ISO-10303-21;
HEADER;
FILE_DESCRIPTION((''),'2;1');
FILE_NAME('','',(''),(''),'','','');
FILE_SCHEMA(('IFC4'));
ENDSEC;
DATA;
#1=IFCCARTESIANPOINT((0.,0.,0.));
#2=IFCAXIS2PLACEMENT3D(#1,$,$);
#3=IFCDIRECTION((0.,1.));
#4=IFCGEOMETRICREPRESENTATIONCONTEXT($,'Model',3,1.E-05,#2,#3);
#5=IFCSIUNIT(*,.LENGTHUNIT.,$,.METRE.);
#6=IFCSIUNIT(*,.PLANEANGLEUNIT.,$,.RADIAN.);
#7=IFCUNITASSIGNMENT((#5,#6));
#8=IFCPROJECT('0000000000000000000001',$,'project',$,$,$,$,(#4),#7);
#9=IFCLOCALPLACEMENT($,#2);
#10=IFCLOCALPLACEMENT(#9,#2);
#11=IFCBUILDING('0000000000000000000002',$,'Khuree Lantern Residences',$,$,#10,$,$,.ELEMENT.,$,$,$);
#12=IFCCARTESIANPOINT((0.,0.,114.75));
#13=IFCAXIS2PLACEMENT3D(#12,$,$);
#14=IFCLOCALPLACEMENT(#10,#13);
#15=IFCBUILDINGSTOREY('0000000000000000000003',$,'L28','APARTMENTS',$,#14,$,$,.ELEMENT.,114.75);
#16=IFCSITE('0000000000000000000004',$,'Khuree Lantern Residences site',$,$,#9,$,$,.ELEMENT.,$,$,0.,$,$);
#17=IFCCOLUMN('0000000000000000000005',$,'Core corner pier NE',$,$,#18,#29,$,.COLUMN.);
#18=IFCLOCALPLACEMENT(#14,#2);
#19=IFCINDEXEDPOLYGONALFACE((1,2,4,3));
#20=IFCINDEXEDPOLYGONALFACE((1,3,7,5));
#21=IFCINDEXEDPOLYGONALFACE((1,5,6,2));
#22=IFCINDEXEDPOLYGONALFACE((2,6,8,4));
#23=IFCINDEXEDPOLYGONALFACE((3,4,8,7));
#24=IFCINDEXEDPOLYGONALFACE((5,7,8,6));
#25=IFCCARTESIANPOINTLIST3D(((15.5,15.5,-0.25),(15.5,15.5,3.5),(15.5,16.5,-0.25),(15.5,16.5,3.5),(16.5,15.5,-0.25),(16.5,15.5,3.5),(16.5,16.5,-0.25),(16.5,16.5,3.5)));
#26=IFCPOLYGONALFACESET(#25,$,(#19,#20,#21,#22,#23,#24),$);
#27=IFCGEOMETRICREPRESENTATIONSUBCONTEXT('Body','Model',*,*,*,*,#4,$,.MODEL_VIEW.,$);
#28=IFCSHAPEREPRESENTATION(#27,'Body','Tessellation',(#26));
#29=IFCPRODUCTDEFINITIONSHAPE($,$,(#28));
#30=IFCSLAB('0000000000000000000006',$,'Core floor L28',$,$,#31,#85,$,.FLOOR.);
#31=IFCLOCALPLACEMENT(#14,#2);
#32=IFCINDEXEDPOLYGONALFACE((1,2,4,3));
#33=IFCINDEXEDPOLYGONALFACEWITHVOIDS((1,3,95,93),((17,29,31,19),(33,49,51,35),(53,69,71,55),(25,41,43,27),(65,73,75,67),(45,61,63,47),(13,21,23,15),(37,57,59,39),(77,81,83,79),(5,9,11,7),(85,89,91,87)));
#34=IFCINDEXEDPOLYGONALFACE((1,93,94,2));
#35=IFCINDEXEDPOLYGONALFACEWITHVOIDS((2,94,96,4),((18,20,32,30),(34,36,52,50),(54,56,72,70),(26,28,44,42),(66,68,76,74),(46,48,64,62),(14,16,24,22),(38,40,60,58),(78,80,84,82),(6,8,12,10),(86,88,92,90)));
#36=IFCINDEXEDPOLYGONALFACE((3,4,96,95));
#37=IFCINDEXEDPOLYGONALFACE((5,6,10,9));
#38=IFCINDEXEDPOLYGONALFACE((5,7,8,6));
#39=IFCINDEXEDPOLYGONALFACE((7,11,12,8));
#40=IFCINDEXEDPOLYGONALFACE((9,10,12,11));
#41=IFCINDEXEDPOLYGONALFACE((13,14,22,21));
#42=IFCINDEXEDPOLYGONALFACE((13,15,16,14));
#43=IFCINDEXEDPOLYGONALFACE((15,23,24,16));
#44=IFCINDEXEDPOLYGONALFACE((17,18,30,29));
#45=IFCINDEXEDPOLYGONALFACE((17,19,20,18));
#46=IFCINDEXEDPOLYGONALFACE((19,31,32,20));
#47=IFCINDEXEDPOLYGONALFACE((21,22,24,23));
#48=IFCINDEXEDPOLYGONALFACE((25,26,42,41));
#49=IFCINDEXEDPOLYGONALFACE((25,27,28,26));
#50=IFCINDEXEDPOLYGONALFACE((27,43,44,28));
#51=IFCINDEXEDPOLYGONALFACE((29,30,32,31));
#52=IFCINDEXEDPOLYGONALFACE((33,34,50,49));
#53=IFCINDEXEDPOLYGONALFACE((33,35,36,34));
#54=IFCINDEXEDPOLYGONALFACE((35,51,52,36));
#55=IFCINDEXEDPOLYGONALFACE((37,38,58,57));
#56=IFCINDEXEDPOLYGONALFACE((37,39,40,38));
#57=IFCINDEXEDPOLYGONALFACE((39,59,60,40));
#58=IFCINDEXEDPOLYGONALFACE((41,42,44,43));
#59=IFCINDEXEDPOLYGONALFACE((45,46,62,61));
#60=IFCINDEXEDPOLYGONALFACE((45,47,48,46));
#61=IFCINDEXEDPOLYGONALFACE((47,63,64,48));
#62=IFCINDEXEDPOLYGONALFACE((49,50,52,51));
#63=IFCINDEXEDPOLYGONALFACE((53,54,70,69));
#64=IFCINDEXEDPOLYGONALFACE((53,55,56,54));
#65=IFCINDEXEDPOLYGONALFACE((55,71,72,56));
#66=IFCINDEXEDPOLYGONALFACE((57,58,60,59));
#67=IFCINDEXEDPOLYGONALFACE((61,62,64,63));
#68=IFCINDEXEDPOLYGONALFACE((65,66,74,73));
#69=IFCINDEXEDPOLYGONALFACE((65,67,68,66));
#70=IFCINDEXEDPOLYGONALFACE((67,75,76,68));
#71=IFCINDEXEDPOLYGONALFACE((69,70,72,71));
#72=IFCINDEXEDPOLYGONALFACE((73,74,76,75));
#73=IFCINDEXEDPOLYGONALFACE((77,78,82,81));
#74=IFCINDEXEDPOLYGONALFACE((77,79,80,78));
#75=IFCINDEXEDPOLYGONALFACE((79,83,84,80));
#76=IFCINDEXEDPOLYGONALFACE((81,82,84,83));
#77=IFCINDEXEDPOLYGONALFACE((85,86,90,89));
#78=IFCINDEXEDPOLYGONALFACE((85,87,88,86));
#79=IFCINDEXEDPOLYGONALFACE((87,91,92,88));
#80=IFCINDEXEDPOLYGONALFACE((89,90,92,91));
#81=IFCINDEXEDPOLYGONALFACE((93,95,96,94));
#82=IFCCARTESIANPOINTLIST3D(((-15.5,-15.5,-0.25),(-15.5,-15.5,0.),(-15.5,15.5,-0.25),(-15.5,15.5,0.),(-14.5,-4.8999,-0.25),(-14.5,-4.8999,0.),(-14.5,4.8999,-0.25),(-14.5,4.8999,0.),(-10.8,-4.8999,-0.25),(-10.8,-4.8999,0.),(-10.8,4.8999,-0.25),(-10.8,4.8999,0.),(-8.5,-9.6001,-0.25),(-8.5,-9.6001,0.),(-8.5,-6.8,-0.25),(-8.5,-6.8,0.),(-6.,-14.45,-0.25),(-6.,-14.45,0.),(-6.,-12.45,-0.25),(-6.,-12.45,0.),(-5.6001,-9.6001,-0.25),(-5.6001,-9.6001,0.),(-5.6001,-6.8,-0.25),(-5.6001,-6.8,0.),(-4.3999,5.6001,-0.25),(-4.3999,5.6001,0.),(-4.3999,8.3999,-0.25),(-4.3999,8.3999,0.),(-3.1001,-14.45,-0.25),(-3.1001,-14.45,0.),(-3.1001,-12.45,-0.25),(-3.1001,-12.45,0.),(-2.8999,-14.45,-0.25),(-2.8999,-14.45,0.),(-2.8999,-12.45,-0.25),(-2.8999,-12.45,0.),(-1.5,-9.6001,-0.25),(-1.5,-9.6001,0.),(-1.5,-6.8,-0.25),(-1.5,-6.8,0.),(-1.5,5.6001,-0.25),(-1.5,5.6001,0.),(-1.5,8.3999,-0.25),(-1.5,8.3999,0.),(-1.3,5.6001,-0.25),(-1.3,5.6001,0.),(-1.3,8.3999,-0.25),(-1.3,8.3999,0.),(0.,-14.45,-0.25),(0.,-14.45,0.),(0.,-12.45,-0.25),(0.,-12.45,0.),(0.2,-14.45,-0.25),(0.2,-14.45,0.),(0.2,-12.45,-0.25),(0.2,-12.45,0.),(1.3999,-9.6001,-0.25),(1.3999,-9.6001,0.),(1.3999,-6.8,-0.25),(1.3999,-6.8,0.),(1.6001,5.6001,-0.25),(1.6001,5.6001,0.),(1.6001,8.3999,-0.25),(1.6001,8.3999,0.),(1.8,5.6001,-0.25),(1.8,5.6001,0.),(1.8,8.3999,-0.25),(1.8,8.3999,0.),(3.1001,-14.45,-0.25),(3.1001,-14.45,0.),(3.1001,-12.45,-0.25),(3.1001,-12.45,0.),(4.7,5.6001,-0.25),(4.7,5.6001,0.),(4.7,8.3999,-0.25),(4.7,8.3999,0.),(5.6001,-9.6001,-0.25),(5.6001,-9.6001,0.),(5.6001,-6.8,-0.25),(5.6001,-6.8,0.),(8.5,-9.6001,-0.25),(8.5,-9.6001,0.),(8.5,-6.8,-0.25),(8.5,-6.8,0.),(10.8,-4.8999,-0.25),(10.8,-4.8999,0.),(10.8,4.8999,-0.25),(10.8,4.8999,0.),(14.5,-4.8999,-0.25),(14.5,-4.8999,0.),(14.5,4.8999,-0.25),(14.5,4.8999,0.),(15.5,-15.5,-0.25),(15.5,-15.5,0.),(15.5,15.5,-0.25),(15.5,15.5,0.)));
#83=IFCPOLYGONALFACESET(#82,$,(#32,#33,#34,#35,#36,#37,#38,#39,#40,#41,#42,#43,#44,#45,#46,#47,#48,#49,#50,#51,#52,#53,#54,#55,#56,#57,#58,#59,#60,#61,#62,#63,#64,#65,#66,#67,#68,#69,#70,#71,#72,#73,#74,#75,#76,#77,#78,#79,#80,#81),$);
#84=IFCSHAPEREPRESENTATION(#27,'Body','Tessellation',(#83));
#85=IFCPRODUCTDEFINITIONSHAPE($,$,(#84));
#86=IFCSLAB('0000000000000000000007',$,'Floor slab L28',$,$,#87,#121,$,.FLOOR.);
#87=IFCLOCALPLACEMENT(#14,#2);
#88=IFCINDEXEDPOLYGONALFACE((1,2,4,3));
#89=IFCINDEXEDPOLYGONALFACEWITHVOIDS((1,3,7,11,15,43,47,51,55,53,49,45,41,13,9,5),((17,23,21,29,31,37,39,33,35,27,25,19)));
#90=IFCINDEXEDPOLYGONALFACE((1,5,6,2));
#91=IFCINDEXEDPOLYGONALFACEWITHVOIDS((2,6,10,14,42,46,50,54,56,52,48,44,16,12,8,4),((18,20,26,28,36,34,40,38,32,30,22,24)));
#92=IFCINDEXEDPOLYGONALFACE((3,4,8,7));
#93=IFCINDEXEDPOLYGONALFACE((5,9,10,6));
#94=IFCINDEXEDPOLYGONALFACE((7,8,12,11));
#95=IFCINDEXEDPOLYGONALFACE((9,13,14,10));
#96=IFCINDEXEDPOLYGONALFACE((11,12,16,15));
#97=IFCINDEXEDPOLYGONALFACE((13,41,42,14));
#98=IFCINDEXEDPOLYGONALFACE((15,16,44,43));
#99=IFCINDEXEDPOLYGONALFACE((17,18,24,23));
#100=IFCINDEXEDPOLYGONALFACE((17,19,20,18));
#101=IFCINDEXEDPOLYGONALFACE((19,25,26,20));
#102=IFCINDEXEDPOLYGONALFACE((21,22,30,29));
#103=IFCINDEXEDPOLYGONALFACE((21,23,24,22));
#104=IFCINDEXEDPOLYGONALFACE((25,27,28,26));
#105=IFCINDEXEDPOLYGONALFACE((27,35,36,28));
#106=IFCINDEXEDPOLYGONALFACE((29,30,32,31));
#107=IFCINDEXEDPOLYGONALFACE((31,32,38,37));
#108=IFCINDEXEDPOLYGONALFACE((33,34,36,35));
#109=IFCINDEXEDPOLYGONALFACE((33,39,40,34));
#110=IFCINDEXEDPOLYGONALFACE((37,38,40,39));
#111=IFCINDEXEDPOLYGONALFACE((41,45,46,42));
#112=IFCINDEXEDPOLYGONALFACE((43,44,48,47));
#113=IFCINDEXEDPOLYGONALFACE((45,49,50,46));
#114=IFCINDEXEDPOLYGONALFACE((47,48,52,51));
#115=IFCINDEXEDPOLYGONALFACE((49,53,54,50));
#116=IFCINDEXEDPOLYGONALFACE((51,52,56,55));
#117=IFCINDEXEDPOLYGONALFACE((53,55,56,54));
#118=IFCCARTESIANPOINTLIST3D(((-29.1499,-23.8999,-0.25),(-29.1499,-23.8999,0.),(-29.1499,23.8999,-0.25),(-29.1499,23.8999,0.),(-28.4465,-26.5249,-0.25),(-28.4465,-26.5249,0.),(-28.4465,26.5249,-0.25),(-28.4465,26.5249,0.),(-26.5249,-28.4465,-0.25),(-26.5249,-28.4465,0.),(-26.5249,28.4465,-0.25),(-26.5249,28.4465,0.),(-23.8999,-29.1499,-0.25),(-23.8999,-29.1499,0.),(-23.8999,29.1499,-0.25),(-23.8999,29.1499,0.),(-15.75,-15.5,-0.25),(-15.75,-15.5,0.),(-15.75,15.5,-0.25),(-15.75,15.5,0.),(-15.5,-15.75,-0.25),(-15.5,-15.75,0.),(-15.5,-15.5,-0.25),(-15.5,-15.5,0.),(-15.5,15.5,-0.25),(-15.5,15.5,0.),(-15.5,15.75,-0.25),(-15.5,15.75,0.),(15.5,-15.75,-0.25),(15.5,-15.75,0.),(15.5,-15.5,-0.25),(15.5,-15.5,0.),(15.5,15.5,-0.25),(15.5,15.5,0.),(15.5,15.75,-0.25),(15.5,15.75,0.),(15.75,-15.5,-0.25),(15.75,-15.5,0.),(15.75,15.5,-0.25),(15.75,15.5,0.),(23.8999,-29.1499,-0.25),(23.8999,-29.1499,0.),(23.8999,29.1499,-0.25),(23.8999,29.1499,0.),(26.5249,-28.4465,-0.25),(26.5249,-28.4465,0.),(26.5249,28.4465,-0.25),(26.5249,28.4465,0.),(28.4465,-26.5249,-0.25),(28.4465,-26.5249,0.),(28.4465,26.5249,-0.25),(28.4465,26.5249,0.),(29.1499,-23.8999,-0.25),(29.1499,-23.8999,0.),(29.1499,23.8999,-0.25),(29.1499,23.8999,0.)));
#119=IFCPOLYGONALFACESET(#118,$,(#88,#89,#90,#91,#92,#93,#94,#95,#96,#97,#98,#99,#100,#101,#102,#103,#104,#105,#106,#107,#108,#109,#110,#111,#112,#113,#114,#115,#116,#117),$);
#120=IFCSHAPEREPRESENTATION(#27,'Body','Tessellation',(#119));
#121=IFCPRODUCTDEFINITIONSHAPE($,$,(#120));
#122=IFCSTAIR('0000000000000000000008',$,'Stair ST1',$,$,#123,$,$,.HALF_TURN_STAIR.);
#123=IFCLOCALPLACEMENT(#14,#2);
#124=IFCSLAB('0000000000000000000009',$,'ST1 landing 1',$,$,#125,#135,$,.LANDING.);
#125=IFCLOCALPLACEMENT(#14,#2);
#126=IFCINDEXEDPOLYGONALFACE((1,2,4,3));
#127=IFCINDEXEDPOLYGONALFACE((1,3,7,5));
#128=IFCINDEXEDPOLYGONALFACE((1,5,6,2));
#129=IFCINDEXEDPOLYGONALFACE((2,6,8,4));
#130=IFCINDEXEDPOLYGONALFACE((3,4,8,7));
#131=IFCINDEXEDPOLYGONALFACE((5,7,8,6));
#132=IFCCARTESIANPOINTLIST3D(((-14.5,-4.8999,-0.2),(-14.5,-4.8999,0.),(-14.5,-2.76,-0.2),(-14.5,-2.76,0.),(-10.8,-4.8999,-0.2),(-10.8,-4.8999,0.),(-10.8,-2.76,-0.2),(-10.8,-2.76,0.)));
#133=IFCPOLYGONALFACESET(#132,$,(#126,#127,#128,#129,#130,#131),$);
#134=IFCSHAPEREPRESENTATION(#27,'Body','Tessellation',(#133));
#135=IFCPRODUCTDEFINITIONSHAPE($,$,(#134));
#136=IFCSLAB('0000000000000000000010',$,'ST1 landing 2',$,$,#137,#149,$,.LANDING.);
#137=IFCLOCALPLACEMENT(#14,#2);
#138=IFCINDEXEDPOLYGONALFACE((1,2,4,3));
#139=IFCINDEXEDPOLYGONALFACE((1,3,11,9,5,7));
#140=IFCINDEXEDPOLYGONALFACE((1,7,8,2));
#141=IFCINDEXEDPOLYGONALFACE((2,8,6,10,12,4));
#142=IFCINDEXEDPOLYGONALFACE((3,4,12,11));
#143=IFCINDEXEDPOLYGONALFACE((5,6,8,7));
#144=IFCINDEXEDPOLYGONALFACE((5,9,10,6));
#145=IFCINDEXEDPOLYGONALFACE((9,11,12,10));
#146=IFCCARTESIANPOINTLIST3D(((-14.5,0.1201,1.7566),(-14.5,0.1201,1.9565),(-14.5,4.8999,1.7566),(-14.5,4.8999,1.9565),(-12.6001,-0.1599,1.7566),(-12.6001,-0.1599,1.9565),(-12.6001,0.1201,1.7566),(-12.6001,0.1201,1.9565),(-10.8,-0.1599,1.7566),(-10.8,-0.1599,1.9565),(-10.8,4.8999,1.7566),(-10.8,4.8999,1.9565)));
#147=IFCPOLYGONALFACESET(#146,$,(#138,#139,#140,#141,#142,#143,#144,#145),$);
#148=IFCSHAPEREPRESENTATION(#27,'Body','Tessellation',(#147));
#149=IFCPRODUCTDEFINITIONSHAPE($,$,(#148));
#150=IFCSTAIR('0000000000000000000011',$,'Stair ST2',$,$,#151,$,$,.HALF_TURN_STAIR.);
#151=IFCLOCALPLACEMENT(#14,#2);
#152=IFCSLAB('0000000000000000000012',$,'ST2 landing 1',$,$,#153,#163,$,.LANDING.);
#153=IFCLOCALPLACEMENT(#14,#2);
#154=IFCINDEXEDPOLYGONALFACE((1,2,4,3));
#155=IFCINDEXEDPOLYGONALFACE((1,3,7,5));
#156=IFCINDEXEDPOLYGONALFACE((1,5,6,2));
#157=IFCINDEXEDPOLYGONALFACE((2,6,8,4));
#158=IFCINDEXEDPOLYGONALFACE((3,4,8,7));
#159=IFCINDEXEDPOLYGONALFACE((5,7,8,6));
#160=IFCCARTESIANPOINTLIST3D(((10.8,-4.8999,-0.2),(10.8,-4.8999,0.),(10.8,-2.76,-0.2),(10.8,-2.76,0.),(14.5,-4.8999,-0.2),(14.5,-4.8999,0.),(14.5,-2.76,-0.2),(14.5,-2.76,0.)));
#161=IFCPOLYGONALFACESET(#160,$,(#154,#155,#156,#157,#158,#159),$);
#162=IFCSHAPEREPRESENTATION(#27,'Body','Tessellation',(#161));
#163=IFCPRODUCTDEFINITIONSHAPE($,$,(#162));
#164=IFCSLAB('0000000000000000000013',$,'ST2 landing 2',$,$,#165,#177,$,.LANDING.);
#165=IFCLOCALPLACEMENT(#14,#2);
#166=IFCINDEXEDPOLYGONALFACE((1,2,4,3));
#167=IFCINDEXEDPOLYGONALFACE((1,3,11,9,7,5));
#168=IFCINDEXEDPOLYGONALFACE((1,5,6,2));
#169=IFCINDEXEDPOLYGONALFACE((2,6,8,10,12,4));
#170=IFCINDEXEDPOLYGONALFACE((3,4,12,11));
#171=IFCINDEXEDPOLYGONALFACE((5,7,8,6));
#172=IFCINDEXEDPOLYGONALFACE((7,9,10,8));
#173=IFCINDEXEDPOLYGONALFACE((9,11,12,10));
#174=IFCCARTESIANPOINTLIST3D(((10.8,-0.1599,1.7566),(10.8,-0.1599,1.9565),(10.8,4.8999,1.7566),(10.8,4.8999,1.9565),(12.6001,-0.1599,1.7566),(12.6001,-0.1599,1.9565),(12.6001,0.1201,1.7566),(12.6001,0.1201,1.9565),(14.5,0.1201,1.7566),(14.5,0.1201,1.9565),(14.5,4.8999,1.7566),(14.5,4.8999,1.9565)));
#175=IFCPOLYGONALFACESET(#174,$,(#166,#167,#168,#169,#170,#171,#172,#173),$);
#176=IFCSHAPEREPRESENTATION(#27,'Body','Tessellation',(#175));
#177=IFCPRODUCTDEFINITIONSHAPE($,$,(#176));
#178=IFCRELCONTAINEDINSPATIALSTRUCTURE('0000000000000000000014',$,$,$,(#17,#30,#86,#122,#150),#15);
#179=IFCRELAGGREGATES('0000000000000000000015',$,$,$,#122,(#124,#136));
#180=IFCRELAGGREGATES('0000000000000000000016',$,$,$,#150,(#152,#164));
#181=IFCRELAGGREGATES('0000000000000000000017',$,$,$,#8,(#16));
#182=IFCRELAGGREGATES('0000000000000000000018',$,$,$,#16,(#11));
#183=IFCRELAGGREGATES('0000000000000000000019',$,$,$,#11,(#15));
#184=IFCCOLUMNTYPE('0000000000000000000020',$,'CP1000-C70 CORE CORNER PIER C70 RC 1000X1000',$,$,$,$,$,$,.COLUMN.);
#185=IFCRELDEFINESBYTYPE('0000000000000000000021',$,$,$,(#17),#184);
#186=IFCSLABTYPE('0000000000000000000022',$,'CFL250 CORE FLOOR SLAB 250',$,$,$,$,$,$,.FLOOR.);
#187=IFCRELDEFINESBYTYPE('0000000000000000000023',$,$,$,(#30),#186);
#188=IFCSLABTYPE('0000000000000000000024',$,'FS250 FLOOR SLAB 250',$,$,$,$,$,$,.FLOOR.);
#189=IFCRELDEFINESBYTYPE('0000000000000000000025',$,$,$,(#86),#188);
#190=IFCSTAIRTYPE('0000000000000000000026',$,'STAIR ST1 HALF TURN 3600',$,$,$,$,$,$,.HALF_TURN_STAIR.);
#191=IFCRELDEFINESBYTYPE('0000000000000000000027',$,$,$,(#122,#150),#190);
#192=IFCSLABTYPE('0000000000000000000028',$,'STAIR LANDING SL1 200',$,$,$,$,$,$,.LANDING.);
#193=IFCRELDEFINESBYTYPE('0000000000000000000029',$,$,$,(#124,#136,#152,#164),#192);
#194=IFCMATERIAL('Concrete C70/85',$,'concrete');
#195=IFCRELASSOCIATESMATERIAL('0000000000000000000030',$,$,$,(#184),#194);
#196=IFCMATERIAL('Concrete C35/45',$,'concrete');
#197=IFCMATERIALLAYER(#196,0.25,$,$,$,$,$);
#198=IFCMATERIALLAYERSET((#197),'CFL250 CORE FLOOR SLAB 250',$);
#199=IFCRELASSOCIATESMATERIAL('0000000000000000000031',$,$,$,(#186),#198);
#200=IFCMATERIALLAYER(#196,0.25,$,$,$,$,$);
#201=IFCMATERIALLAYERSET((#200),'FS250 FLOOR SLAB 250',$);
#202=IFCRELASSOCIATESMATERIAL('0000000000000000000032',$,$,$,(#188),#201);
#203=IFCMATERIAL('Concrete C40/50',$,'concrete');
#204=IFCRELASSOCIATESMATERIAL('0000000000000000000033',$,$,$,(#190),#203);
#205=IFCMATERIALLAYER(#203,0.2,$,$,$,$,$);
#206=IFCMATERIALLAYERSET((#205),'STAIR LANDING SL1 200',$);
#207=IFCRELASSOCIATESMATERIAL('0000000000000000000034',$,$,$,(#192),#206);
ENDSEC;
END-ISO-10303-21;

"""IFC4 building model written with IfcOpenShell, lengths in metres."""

from ifc_helpers import new_model, si_unit, direction, frame, origin, origin_2d, place, context, subcontext, project, spatial, polyline, rectangle, outline, extrude, material, layer, layer_set, material_profile, profile_set, type_object, element, aggregate, save


model = new_model("IFC4")

# Units and contexts
model_context = context("Model", 3, precision=1e-05, world=origin(), true_north=direction((0.0, 1.0)))
body_context = subcontext(model_context, "Body", "Model", "MODEL_VIEW")
ifc_project = project(units=[si_unit("LENGTHUNIT", "METRE"), si_unit("PLANEANGLEUNIT", "RADIAN")], contexts=[model_context])

# Site, building, storey
site_placement = place(None, origin())
site = spatial("IfcSite", under=ifc_project, at=site_placement, Name="Khuree Lantern Residences site", CompositionType="ELEMENT", RefElevation=0.0)
building_placement = place(site_placement, origin())
building = spatial("IfcBuilding", under=site, at=building_placement, Name="Khuree Lantern Residences", CompositionType="ELEMENT")
storey_placement = place(building_placement, frame((0.0, 0.0, 114.75)))
storey = spatial("IfcBuildingStorey", under=building, at=storey_placement, Name="L28", Description="APARTMENTS", CompositionType="ELEMENT", Elevation=114.75)

# Column
ifc_material_1 = material(Name="Concrete C70/85", Category="concrete")
ifc_material_profile = material_profile(ifc_material_1, rectangle(XDim=1.0, YDim=1.0, at=origin_2d()), Name="RC 1000X1000")
ifc_profile_set = profile_set([ifc_material_profile], Name="Concrete C70/85")
column_type = type_object("IfcColumnType", Name="CP1000-C70 CORE CORNER PIER C70 RC 1000X1000", PredefinedType="COLUMN", material=ifc_profile_set)
column_placement = place(storey_placement, frame((16.0, 16.0, -0.25), z_axis=(0.0, 0.0, 1.0), x_axis=(1.0, 0.0, 0.0)))
element("IfcColumn", 1, at=column_placement, inside=storey, type_object=column_type, Name="Core corner pier NE", PredefinedType="COLUMN", context=body_context, shape_type="SweptSolid", body=[
    extrude(rectangle(XDim=1.0, YDim=1.0, at=origin_2d()), origin(), (0.0, 0.0, 1.0), 3.75),
])

# Slabs
ifc_material_2 = material(Name="Concrete C35/45", Category="concrete")
ifc_layer_1 = layer(ifc_material_2, 0.25)
ifc_layer_set_1 = layer_set([ifc_layer_1], Name="CFL250 CORE FLOOR SLAB 250")
slab_type_1 = type_object("IfcSlabType", Name="CFL250 CORE FLOOR SLAB 250", PredefinedType="FLOOR", material=ifc_layer_set_1)
slab_1_placement = place(storey_placement, frame((0.0, 0.0, -0.25)))
element("IfcSlab", 2, at=slab_1_placement, inside=storey, type_object=slab_type_1, Name="Core floor L28", PredefinedType="FLOOR", context=body_context, shape_type="SweptSolid", body=[
    extrude(outline(polyline([(-15.5, -15.5), (-15.5, 15.5), (15.5, 15.5), (15.5, -15.5), (-15.5, -15.5)]), holes=[polyline([(10.8, 4.8999), (10.8, -4.8999), (14.5, -4.8999), (14.5, 4.8999), (10.8, 4.8999)]), polyline([(8.5, -6.8), (5.6001, -6.8), (5.6001, -9.6001), (8.5, -9.6001), (8.5, -6.8)]), polyline([(4.7, 8.3999), (1.8, 8.3999), (1.8, 5.6001), (4.7, 5.6001), (4.7, 8.3999)]), polyline([(3.1001, -12.45), (0.2, -12.45), (0.2, -14.45), (3.1001, -14.45), (3.1001, -12.45)]), polyline([(1.6001, 8.3999), (-1.3, 8.3999), (-1.3, 5.6001), (1.6001, 5.6001), (1.6001, 8.3999)]), polyline([(1.3999, -6.8), (-1.5, -6.8), (-1.5, -9.6001), (1.3999, -9.6001), (1.3999, -6.8)]), polyline([(-2.8999, -12.45), (-2.8999, -14.45), (0.0, -14.45), (0.0, -12.45), (-2.8999, -12.45)]), polyline([(-4.3999, 8.3999), (-4.3999, 5.6001), (-1.5, 5.6001), (-1.5, 8.3999), (-4.3999, 8.3999)]), polyline([(-6.0, -12.45), (-6.0, -14.45), (-3.1001, -14.45), (-3.1001, -12.45), (-6.0, -12.45)]), polyline([(-8.5, -6.8), (-8.5, -9.6001), (-5.6001, -9.6001), (-5.6001, -6.8), (-8.5, -6.8)]), polyline([(-10.8, 4.8999), (-14.5, 4.8999), (-14.5, -4.8999), (-10.8, -4.8999), (-10.8, 4.8999)])]), origin(), (0.0, 0.0, 1.0), 0.25),
])
ifc_layer_2 = layer(ifc_material_2, 0.25)
ifc_layer_set_2 = layer_set([ifc_layer_2], Name="FS250 FLOOR SLAB 250")
slab_type_2 = type_object("IfcSlabType", Name="FS250 FLOOR SLAB 250", PredefinedType="FLOOR", material=ifc_layer_set_2)
slab_2_placement = place(storey_placement, frame((0.0, 0.0, -0.25)))
element("IfcSlab", 3, at=slab_2_placement, inside=storey, type_object=slab_type_2, Name="Floor slab L28", PredefinedType="FLOOR", context=body_context, shape_type="SweptSolid", body=[
    extrude(outline(polyline([(-26.5249, -28.4465), (-28.4465, -26.5249), (-29.1499, -23.8999), (-29.1499, 23.8999), (-28.4465, 26.5249), (-26.5249, 28.4465), (-23.8999, 29.1499), (23.8999, 29.1499), (26.5249, 28.4465), (28.4465, 26.5249), (29.1499, 23.8999), (29.1499, -23.8999), (28.4465, -26.5249), (26.5249, -28.4465), (23.8999, -29.1499), (-23.8999, -29.1499), (-26.5249, -28.4465)]), holes=[polyline([(15.75, 15.5), (15.5, 15.5), (15.5, 15.75), (-15.5, 15.75), (-15.5, 15.5), (-15.75, 15.5), (-15.75, -15.5), (-15.5, -15.5), (-15.5, -15.75), (15.5, -15.75), (15.5, -15.5), (15.75, -15.5), (15.75, 15.5)])]), origin(), (0.0, 0.0, 1.0), 0.25),
])

# Stairs, slabs
ifc_material_3 = material(Name="Concrete C40/50", Category="concrete")
stair_type = type_object("IfcStairType", Name="STAIR ST1 HALF TURN 3600", PredefinedType="HALF_TURN_STAIR", material=ifc_material_3)
stair_1_placement = place(storey_placement, origin())
stair_1 = element("IfcStair", 4, at=stair_1_placement, inside=storey, type_object=stair_type, Name="Stair ST1", PredefinedType="HALF_TURN_STAIR")
ifc_layer_3 = layer(ifc_material_3, 0.2)
ifc_layer_set_3 = layer_set([ifc_layer_3], Name="STAIR LANDING SL1 200")
slab_type_3 = type_object("IfcSlabType", Name="STAIR LANDING SL1 200", PredefinedType="LANDING", material=ifc_layer_set_3)
slab_3_placement = place(storey_placement, frame((0.0, 0.0, -0.2)))
slab_3 = element("IfcSlab", 5, at=slab_3_placement, type_object=slab_type_3, Name="ST1 landing 1", PredefinedType="LANDING", context=body_context, shape_type="SweptSolid", body=[
    extrude(outline(polyline([(-14.5, -4.8999), (-10.8, -4.8999), (-10.8, -2.76), (-14.5, -2.76), (-14.5, -4.8999)])), origin(), (0.0, 0.0, 1.0), 0.2),
])
slab_4_placement = place(storey_placement, frame((0.0, 0.0, 1.7566)))
slab_4 = element("IfcSlab", 6, at=slab_4_placement, type_object=slab_type_3, Name="ST1 landing 2", PredefinedType="LANDING", context=body_context, shape_type="SweptSolid", body=[
    extrude(outline(polyline([(-14.5, 0.1201), (-14.5, 4.8999), (-10.8, 4.8999), (-10.8, -0.1599), (-12.6001, -0.1599), (-12.6001, 0.1201), (-14.5, 0.1201)])), origin(), (0.0, 0.0, 1.0), 0.2),
])
aggregate(stair_1, [slab_3, slab_4])
stair_2_placement = place(storey_placement, origin())
stair_2 = element("IfcStair", 7, at=stair_2_placement, inside=storey, type_object=stair_type, Name="Stair ST2", PredefinedType="HALF_TURN_STAIR")
slab_5_placement = place(storey_placement, frame((0.0, 0.0, -0.2)))
slab_5 = element("IfcSlab", 8, at=slab_5_placement, type_object=slab_type_3, Name="ST2 landing 1", PredefinedType="LANDING", context=body_context, shape_type="SweptSolid", body=[
    extrude(outline(polyline([(10.8, -4.8999), (14.5, -4.8999), (14.5, -2.76), (10.8, -2.76), (10.8, -4.8999)])), origin(), (0.0, 0.0, 1.0), 0.2),
])
slab_6_placement = place(storey_placement, frame((0.0, 0.0, 1.7566)))
slab_6 = element("IfcSlab", 9, at=slab_6_placement, type_object=slab_type_3, Name="ST2 landing 2", PredefinedType="LANDING", context=body_context, shape_type="SweptSolid", body=[
    extrude(outline(polyline([(14.5, 4.8999), (14.5, 0.1201), (12.6001, 0.1201), (12.6001, -0.1599), (10.8, -0.1599), (10.8, 4.8999), (14.5, 4.8999)])), origin(), (0.0, 0.0, 1.0), 0.2),
])

aggregate(stair_2, [slab_5, slab_6])

save(model, "model.ifc")
